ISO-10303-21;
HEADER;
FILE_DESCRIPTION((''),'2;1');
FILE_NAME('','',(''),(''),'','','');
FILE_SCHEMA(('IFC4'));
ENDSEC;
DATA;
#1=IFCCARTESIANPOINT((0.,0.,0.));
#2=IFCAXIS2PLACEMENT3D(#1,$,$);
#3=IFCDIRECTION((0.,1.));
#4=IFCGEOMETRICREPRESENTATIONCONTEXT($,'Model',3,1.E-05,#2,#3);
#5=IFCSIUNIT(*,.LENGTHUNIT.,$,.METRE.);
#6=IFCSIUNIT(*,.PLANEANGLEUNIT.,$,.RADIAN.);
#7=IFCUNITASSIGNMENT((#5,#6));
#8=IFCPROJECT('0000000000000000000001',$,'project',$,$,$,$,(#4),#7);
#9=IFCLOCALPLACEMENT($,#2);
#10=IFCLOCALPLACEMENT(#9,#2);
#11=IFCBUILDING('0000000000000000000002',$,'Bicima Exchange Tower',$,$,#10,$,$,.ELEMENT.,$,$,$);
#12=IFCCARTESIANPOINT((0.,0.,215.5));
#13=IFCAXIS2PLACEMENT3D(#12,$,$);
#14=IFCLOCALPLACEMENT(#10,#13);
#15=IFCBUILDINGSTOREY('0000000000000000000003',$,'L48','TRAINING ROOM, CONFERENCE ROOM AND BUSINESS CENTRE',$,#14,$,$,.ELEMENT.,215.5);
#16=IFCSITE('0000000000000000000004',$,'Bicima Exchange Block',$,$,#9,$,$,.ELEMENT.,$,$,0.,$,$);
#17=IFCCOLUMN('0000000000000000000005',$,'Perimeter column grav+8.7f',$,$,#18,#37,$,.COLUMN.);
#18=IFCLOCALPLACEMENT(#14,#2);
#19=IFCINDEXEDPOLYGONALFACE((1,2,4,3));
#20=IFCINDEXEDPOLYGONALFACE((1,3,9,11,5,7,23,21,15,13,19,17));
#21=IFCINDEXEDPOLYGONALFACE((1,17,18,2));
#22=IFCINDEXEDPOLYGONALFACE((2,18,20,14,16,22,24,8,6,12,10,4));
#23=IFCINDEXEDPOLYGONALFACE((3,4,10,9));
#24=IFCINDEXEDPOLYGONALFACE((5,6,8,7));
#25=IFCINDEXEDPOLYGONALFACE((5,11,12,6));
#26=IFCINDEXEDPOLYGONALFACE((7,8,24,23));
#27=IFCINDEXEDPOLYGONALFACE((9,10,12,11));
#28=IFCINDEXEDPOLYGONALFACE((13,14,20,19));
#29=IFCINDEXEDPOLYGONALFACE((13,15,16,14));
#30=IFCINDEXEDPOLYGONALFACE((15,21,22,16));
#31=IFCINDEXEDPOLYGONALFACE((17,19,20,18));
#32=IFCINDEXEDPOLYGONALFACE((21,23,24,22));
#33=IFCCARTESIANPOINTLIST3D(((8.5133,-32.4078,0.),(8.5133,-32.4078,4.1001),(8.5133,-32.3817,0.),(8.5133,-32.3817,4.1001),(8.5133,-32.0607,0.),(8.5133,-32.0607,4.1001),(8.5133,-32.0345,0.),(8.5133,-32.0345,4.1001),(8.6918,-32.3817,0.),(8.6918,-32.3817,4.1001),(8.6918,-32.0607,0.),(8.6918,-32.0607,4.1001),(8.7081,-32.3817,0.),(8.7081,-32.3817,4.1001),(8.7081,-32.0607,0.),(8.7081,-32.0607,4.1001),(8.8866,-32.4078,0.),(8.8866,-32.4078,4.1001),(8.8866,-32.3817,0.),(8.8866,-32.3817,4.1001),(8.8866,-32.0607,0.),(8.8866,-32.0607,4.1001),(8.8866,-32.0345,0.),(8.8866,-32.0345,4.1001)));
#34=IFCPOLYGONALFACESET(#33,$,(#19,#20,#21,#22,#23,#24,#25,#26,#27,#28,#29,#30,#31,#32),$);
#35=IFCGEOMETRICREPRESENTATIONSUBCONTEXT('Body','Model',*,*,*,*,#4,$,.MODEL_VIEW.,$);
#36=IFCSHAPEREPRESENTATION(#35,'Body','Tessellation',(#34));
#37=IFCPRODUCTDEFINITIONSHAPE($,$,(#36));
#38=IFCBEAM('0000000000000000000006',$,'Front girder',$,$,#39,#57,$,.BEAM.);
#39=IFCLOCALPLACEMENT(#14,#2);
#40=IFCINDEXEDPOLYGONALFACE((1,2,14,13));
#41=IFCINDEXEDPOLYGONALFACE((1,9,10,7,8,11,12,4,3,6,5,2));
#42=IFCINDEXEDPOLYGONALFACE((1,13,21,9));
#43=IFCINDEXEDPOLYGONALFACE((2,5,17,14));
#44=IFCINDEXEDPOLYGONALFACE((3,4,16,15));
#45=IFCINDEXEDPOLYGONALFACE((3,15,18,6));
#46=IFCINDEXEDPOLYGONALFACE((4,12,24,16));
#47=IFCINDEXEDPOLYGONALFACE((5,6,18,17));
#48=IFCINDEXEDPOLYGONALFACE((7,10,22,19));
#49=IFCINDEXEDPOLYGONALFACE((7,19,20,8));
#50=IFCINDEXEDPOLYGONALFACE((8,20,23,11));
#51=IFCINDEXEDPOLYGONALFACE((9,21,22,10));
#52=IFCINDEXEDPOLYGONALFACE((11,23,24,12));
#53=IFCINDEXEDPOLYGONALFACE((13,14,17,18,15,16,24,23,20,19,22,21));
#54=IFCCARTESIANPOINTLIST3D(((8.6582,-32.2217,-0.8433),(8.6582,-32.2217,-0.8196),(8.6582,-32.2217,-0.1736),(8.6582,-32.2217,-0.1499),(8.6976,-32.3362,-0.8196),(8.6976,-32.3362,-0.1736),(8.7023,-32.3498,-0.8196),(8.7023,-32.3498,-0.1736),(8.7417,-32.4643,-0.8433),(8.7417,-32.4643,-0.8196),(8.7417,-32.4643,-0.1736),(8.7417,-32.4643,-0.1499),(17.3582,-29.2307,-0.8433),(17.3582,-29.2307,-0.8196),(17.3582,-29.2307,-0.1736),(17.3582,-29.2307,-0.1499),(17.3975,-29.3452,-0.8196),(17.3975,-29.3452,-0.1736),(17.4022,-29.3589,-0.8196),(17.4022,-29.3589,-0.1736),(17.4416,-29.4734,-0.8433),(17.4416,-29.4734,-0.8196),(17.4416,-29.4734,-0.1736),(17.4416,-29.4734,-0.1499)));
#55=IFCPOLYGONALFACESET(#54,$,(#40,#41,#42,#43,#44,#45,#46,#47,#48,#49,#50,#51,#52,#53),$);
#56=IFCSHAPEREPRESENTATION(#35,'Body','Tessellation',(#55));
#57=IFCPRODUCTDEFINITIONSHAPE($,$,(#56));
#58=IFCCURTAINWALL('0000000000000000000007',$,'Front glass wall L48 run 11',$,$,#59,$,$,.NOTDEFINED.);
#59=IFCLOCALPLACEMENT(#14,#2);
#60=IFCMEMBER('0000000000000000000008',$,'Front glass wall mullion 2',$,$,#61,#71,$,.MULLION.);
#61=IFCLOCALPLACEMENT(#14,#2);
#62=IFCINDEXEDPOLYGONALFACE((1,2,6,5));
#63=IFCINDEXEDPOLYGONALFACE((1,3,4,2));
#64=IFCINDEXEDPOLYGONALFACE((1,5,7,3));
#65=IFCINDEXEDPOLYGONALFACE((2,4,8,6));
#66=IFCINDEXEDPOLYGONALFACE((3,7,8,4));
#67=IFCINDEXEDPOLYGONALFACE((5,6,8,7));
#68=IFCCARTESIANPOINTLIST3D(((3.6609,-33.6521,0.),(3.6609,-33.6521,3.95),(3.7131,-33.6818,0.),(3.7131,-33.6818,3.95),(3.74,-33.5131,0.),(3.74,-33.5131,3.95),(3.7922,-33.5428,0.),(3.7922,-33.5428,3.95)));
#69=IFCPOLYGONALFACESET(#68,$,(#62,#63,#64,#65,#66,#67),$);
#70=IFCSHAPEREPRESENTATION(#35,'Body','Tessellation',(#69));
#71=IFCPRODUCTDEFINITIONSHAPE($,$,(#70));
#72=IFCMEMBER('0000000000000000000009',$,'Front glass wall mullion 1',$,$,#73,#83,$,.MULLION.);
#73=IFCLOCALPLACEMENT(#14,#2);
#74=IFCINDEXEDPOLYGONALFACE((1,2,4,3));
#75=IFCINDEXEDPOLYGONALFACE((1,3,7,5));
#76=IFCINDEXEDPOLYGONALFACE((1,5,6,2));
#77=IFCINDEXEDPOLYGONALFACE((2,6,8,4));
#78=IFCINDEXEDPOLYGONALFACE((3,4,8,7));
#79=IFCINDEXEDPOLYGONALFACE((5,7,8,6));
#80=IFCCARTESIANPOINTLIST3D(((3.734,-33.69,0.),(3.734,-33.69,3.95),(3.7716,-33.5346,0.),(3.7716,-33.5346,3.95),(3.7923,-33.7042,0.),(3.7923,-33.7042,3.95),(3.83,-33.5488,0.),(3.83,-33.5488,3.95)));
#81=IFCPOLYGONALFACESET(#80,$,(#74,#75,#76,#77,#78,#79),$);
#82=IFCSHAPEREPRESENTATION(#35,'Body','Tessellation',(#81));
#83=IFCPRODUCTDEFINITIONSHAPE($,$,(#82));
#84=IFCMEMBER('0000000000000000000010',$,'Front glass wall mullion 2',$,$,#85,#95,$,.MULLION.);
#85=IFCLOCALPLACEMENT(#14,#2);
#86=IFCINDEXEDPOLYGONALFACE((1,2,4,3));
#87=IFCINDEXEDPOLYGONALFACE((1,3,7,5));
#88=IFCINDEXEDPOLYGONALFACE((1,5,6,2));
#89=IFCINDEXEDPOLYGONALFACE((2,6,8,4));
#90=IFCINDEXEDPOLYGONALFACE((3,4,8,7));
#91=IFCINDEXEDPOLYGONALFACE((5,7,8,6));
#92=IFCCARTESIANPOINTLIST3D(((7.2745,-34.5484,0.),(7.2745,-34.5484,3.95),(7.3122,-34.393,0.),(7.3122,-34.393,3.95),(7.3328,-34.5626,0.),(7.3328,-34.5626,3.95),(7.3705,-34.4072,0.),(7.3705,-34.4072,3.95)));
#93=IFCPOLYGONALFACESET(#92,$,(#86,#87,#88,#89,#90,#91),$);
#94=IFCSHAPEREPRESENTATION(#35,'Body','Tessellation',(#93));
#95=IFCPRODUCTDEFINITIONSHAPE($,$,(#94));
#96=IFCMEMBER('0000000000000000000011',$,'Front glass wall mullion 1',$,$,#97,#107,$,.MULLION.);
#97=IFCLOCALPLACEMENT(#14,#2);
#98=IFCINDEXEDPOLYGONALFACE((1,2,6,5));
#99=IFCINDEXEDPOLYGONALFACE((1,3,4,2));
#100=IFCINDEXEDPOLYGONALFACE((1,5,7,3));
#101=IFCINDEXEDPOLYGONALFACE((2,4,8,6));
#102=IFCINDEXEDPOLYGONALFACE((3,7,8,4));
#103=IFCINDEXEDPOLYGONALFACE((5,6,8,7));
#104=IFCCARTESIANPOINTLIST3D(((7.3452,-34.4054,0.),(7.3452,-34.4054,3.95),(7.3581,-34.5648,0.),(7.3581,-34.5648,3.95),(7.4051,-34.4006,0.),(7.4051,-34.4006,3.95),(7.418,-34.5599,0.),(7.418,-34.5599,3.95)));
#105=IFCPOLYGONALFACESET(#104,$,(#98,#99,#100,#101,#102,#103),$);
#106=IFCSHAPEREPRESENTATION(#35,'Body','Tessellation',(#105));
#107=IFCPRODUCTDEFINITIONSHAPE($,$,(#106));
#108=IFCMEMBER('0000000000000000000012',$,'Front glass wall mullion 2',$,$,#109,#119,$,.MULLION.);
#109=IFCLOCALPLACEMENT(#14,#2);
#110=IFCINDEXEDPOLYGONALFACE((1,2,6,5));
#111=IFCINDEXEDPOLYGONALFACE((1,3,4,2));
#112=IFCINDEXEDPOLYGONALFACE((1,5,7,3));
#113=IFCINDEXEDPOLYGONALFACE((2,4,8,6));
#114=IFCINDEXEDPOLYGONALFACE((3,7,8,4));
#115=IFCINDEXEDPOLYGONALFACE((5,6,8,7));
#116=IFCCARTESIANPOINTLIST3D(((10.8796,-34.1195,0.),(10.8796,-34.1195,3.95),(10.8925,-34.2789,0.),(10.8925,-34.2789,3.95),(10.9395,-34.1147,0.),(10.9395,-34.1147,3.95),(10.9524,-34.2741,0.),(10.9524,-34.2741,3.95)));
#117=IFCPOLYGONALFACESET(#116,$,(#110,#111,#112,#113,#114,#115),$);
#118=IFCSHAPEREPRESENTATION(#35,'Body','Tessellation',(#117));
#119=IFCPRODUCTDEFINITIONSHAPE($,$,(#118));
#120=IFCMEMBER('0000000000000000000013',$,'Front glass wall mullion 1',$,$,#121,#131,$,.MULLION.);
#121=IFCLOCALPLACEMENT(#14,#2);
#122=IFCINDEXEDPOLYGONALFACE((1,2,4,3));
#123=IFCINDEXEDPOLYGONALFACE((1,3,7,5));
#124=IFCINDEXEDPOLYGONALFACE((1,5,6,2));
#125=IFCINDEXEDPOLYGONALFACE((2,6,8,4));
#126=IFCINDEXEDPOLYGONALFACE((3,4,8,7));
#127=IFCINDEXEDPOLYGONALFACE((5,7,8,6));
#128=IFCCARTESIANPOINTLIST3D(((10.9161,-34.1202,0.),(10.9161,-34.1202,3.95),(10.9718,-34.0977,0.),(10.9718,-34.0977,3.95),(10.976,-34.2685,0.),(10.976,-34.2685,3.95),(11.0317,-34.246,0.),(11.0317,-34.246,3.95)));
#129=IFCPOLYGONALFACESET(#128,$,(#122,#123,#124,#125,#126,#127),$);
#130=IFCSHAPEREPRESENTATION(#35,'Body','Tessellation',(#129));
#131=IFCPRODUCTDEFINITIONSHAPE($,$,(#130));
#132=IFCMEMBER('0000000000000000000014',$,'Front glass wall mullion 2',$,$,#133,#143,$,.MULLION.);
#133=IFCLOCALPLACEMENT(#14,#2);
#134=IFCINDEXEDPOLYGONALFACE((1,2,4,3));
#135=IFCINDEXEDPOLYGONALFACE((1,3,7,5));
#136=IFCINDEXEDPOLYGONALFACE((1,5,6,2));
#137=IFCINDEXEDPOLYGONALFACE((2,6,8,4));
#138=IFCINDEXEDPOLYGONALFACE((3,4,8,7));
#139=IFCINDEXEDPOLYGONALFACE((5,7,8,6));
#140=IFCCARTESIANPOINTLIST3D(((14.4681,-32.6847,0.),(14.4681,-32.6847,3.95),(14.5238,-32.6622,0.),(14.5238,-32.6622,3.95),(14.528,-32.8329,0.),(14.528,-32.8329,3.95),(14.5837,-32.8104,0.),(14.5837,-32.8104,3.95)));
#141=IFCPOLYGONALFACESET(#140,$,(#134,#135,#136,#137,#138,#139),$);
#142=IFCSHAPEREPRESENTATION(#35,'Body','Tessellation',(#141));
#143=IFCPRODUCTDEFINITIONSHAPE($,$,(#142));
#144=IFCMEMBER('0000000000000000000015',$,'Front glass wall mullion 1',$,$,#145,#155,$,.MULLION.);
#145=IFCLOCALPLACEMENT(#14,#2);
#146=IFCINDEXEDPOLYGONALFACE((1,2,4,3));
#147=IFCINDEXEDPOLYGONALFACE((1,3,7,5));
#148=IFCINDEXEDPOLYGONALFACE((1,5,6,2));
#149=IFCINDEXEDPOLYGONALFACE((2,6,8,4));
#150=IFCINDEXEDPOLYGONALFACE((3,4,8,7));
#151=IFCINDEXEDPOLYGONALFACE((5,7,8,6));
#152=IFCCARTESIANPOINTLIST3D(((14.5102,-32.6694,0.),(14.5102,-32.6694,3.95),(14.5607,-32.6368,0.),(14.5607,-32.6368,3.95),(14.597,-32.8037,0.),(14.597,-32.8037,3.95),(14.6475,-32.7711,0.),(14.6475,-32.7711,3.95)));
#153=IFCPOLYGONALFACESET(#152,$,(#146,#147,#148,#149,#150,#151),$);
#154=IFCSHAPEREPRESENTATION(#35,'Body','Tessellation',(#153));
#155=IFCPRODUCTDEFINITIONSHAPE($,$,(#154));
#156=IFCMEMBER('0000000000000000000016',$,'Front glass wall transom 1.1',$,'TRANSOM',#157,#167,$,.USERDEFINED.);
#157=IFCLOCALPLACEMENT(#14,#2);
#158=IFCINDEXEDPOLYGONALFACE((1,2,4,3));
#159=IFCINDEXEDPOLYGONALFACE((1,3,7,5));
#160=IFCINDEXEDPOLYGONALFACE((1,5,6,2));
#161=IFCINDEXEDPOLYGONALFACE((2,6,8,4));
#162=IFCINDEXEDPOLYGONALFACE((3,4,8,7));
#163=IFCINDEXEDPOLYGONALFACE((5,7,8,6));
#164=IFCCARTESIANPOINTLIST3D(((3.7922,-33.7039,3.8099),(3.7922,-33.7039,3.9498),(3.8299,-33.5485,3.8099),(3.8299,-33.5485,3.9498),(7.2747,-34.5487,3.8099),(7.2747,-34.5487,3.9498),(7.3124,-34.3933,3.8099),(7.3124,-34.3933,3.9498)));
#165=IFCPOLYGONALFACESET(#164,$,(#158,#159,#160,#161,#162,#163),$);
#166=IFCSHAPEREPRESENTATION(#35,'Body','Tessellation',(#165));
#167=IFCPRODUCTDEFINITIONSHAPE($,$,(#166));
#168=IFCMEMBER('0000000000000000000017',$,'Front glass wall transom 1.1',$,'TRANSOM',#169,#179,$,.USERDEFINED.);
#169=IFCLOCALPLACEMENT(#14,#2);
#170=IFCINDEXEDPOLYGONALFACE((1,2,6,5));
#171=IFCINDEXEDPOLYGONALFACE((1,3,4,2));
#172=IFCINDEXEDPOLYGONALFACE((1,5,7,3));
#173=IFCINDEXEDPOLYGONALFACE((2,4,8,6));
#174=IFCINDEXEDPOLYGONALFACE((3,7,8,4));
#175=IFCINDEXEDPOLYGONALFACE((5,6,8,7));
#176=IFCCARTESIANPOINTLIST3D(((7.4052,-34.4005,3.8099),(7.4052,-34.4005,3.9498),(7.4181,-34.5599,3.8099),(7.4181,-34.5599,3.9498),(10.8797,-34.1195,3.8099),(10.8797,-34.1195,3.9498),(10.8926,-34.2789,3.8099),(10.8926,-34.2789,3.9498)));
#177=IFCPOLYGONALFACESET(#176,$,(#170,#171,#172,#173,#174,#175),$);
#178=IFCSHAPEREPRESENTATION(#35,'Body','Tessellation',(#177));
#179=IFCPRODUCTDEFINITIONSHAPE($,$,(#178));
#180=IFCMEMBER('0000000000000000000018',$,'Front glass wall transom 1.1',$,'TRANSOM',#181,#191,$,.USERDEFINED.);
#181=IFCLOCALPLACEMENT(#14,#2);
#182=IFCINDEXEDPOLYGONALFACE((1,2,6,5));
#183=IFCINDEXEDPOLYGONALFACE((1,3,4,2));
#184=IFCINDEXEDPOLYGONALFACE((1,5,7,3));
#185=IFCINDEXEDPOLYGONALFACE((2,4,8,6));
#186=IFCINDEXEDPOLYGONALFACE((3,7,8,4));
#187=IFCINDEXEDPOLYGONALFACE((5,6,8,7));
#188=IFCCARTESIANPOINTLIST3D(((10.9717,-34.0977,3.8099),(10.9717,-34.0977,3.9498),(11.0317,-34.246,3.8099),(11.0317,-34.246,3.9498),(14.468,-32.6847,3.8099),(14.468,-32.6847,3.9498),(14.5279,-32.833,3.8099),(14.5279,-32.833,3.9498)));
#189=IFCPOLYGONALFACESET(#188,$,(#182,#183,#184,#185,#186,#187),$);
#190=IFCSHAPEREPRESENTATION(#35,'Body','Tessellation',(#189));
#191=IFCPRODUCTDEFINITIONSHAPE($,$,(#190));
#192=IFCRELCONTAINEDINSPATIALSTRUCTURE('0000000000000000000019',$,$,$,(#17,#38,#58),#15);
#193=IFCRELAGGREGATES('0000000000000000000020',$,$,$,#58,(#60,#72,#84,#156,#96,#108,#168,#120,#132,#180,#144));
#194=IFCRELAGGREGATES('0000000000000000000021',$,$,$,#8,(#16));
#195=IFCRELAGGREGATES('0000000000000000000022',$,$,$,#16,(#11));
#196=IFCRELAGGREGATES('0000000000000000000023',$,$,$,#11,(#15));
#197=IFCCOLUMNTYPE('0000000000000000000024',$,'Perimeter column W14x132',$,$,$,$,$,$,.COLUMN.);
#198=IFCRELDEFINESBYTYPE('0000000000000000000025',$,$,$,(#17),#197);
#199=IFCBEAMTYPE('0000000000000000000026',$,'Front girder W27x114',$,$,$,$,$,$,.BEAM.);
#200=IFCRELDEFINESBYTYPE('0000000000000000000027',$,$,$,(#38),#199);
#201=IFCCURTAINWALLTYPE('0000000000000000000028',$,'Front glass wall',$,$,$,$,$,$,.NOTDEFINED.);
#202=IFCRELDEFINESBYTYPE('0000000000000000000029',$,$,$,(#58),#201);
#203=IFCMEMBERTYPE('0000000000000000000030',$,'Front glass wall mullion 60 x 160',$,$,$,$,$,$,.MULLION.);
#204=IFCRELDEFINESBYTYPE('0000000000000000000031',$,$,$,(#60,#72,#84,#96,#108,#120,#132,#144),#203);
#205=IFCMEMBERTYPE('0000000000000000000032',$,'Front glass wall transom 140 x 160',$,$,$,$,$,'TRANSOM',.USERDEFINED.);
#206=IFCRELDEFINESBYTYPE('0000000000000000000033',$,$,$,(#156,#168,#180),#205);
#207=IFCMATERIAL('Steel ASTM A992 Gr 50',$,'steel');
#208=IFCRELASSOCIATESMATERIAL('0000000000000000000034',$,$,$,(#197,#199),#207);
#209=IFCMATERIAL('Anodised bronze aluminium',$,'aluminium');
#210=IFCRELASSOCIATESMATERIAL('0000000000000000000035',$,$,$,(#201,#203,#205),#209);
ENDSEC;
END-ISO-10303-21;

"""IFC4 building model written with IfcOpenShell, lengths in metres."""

from ifc_helpers import new_model, si_unit, direction, frame, origin, origin_2d, place, context, subcontext, project, spatial, rectangle, i_section, extrude, material, material_profile, profile_set, type_object, element, aggregate, save


model = new_model("IFC4")

# Units and contexts
model_context = context("Model", 3, precision=1e-05, world=origin(), true_north=direction((0.0, 1.0)))
body_context = subcontext(model_context, "Body", "Model", "MODEL_VIEW")
ifc_project = project(units=[si_unit("LENGTHUNIT", "METRE"), si_unit("PLANEANGLEUNIT", "RADIAN")], contexts=[model_context])

# Site, building, storey
site_placement = place(None, origin())
site = spatial("IfcSite", under=ifc_project, at=site_placement, Name="Bicima Exchange Block", CompositionType="ELEMENT", RefElevation=0.0)
building_placement = place(site_placement, origin())
building = spatial("IfcBuilding", under=site, at=building_placement, Name="Bicima Exchange Tower", CompositionType="ELEMENT")
storey_placement = place(building_placement, frame((0.0, 0.0, 215.5)))
storey = spatial("IfcBuildingStorey", under=building, at=storey_placement, Name="L48", Description="TRAINING ROOM, CONFERENCE ROOM AND BUSINESS CENTRE", CompositionType="ELEMENT", Elevation=215.5)

# Column
ifc_material_1 = material(Name="Steel ASTM A992 Gr 50", Category="steel")
ifc_material_profile_1 = material_profile(ifc_material_1, i_section(OverallWidth=0.3733, OverallDepth=0.3733, WebThickness=0.0164, FlangeThickness=0.0261, at=origin_2d()))
ifc_profile_set_1 = profile_set([ifc_material_profile_1], Name="Steel ASTM A992 Gr 50")
column_type = type_object("IfcColumnType", Name="Perimeter column W14x132", PredefinedType="COLUMN", material=ifc_profile_set_1)
column_placement = place(storey_placement, frame((8.7, -32.2212, 0.0), z_axis=(0.0, 0.0, 1.0), x_axis=(1.0, 0.0, 0.0)))
element("IfcColumn", 1, at=column_placement, inside=storey, type_object=column_type, Name="Perimeter column grav+8.7f", PredefinedType="COLUMN", context=body_context, shape_type="SweptSolid", body=[
    extrude(i_section(OverallWidth=0.3733, OverallDepth=0.3733, WebThickness=0.0164, FlangeThickness=0.0261, at=origin_2d()), origin(), (0.0, 0.0, 1.0), 4.1001),
])

# Beam
ifc_material_profile_2 = material_profile(ifc_material_1, i_section(OverallWidth=0.2566, OverallDepth=0.6934, WebThickness=0.0144, FlangeThickness=0.0237, at=origin_2d()))
ifc_profile_set_2 = profile_set([ifc_material_profile_2], Name="Steel ASTM A992 Gr 50")
beam_type = type_object("IfcBeamType", Name="Front girder W27x114", PredefinedType="BEAM", material=ifc_profile_set_2)
beam_placement = place(storey_placement, frame((8.7, -32.343, -0.4966), z_axis=(0.945675, 0.325115, 0.0), x_axis=(-0.325115, 0.945675, 0.0)))
element("IfcBeam", 2, at=beam_placement, inside=storey, type_object=beam_type, Name="Front girder", PredefinedType="BEAM", context=body_context, shape_type="SweptSolid", body=[
    extrude(i_section(OverallWidth=0.2566, OverallDepth=0.6934, WebThickness=0.0144, FlangeThickness=0.0237, at=origin_2d()), origin(), (0.0, 0.0, 1.0), 9.1997),
])

# Curtain wall, members
ifc_material_2 = material(Name="Anodised bronze aluminium", Category="aluminium")
curtain_wall_type = type_object("IfcCurtainWallType", Name="Front glass wall", PredefinedType="NOTDEFINED", material=ifc_material_2)
curtain_wall_placement = place(storey_placement, origin())
curtain_wall = element("IfcCurtainWall", 3, at=curtain_wall_placement, inside=storey, type_object=curtain_wall_type, Name="Front glass wall L48 run 11", PredefinedType="NOTDEFINED")
ifc_material_profile_3 = material_profile(ifc_material_2, rectangle(XDim=0.1599, YDim=0.0601, at=origin_2d()))
ifc_profile_set_3 = profile_set([ifc_material_profile_3], Name="Anodised bronze aluminium")
member_type_1 = type_object("IfcMemberType", Name="Front glass wall mullion 60 x 160", PredefinedType="MULLION", material=ifc_profile_set_3)
member_1_placement = place(storey_placement, frame((3.7266, -33.5974, 0.0), z_axis=(0.0, 0.0, 1.0), x_axis=(0.49433, 0.869274, 0.0)))
member_1 = element("IfcMember", 4, at=member_1_placement, type_object=member_type_1, Name="Front glass wall mullion 2", PredefinedType="MULLION", context=body_context, shape_type="SweptSolid", body=[
    extrude(rectangle(XDim=0.1599, YDim=0.0601, at=origin_2d()), origin(), (0.0, 0.0, 1.0), 3.95),
])
member_2_placement = place(storey_placement, frame((3.782, -33.6194, 0.0), z_axis=(0.0, 0.0, 1.0), x_axis=(0.235682, 0.97183, 0.0)))
member_2 = element("IfcMember", 5, at=member_2_placement, type_object=member_type_1, Name="Front glass wall mullion 1", PredefinedType="MULLION", context=body_context, shape_type="SweptSolid", body=[
    extrude(rectangle(XDim=0.1599, YDim=0.0601, at=origin_2d()), origin(), (0.0, 0.0, 1.0), 3.95),
])
member_3_placement = place(storey_placement, frame((7.3225, -34.4778, 0.0), z_axis=(0.0, 0.0, 1.0), x_axis=(0.235682, 0.97183, 0.0)))
member_3 = element("IfcMember", 6, at=member_3_placement, type_object=member_type_1, Name="Front glass wall mullion 2", PredefinedType="MULLION", context=body_context, shape_type="SweptSolid", body=[
    extrude(rectangle(XDim=0.1599, YDim=0.0601, at=origin_2d()), origin(), (0.0, 0.0, 1.0), 3.95),
])
member_4_placement = place(storey_placement, frame((7.3816, -34.4827, 0.0), z_axis=(0.0, 0.0, 1.0), x_axis=(-0.080589, 0.996747, 0.0)))
member_4 = element("IfcMember", 7, at=member_4_placement, type_object=member_type_1, Name="Front glass wall mullion 1", PredefinedType="MULLION", context=body_context, shape_type="SweptSolid", body=[
    extrude(rectangle(XDim=0.1599, YDim=0.0601, at=origin_2d()), origin(), (0.0, 0.0, 1.0), 3.95),
])
member_5_placement = place(storey_placement, frame((10.916, -34.1968, 0.0), z_axis=(0.0, 0.0, 1.0), x_axis=(-0.080589, 0.996747, 0.0)))
member_5 = element("IfcMember", 8, at=member_5_placement, type_object=member_type_1, Name="Front glass wall mullion 2", PredefinedType="MULLION", context=body_context, shape_type="SweptSolid", body=[
    extrude(rectangle(XDim=0.1599, YDim=0.0601, at=origin_2d()), origin(), (0.0, 0.0, 1.0), 3.95),
])
member_6_placement = place(storey_placement, frame((10.9739, -34.1831, 0.0), z_axis=(0.0, 0.0, 1.0), x_axis=(-0.374705, 0.927144, 0.0)))
member_6 = element("IfcMember", 9, at=member_6_placement, type_object=member_type_1, Name="Front glass wall mullion 1", PredefinedType="MULLION", context=body_context, shape_type="SweptSolid", body=[
    extrude(rectangle(XDim=0.1599, YDim=0.0601, at=origin_2d()), origin(), (0.0, 0.0, 1.0), 3.95),
])
member_7_placement = place(storey_placement, frame((14.5259, -32.7476, 0.0), z_axis=(0.0, 0.0, 1.0), x_axis=(-0.374705, 0.927144, 0.0)))
member_7 = element("IfcMember", 10, at=member_7_placement, type_object=member_type_1, Name="Front glass wall mullion 2", PredefinedType="MULLION", context=body_context, shape_type="SweptSolid", body=[
    extrude(rectangle(XDim=0.1599, YDim=0.0601, at=origin_2d()), origin(), (0.0, 0.0, 1.0), 3.95),
])
member_8_placement = place(storey_placement, frame((14.5789, -32.7202, 0.0), z_axis=(0.0, 0.0, 1.0), x_axis=(-0.542909, 0.839791, 0.0)))
member_8 = element("IfcMember", 11, at=member_8_placement, type_object=member_type_1, Name="Front glass wall mullion 1", PredefinedType="MULLION", context=body_context, shape_type="SweptSolid", body=[
    extrude(rectangle(XDim=0.1599, YDim=0.0601, at=origin_2d()), origin(), (0.0, 0.0, 1.0), 3.95),
])
ifc_material_profile_4 = material_profile(ifc_material_2, rectangle(XDim=0.1599, YDim=0.1399, at=origin_2d()))
ifc_profile_set_4 = profile_set([ifc_material_profile_4], Name="Anodised bronze aluminium")
member_type_2 = type_object("IfcMemberType", Name="Front glass wall transom 140 x 160", ElementType="TRANSOM", PredefinedType="USERDEFINED", material=ifc_profile_set_4)
member_9_placement = place(storey_placement, frame((3.811, -33.6262, 3.8799), z_axis=(0.971818, -0.235733, 0.0), x_axis=(0.235733, 0.971818, 0.0)))
member_9 = element("IfcMember", 12, at=member_9_placement, type_object=member_type_2, Name="Front glass wall transom 1.1", ObjectType="TRANSOM", PredefinedType="USERDEFINED", context=body_context, shape_type="SweptSolid", body=[
    extrude(rectangle(XDim=0.1599, YDim=0.1399, at=origin_2d()), origin(), (0.0, 0.0, 1.0), 3.5835),
])
member_10_placement = place(storey_placement, frame((7.4116, -34.4802, 3.8799), z_axis=(0.996746, 0.080611, 0.0), x_axis=(-0.080611, 0.996746, 0.0)))
member_10 = element("IfcMember", 13, at=member_10_placement, type_object=member_type_2, Name="Front glass wall transom 1.1", ObjectType="TRANSOM", PredefinedType="USERDEFINED", context=body_context, shape_type="SweptSolid", body=[
    extrude(rectangle(XDim=0.1599, YDim=0.1399, at=origin_2d()), origin(), (0.0, 0.0, 1.0), 3.4858),
])
member_11_placement = place(storey_placement, frame((11.0017, -34.1719, 3.8799), z_axis=(0.92714, 0.374715, 0.0), x_axis=(-0.374715, 0.92714, 0.0)))
member_11 = element("IfcMember", 14, at=member_11_placement, type_object=member_type_2, Name="Front glass wall transom 1.1", ObjectType="TRANSOM", PredefinedType="USERDEFINED", context=body_context, shape_type="SweptSolid", body=[
    extrude(rectangle(XDim=0.1599, YDim=0.1399, at=origin_2d()), origin(), (0.0, 0.0, 1.0), 3.771),
])
aggregate(curtain_wall, [member_1, member_2, member_3, member_9, member_4, member_5, member_10, member_6, member_7, member_11, member_8])

save(model, "model.ifc")
